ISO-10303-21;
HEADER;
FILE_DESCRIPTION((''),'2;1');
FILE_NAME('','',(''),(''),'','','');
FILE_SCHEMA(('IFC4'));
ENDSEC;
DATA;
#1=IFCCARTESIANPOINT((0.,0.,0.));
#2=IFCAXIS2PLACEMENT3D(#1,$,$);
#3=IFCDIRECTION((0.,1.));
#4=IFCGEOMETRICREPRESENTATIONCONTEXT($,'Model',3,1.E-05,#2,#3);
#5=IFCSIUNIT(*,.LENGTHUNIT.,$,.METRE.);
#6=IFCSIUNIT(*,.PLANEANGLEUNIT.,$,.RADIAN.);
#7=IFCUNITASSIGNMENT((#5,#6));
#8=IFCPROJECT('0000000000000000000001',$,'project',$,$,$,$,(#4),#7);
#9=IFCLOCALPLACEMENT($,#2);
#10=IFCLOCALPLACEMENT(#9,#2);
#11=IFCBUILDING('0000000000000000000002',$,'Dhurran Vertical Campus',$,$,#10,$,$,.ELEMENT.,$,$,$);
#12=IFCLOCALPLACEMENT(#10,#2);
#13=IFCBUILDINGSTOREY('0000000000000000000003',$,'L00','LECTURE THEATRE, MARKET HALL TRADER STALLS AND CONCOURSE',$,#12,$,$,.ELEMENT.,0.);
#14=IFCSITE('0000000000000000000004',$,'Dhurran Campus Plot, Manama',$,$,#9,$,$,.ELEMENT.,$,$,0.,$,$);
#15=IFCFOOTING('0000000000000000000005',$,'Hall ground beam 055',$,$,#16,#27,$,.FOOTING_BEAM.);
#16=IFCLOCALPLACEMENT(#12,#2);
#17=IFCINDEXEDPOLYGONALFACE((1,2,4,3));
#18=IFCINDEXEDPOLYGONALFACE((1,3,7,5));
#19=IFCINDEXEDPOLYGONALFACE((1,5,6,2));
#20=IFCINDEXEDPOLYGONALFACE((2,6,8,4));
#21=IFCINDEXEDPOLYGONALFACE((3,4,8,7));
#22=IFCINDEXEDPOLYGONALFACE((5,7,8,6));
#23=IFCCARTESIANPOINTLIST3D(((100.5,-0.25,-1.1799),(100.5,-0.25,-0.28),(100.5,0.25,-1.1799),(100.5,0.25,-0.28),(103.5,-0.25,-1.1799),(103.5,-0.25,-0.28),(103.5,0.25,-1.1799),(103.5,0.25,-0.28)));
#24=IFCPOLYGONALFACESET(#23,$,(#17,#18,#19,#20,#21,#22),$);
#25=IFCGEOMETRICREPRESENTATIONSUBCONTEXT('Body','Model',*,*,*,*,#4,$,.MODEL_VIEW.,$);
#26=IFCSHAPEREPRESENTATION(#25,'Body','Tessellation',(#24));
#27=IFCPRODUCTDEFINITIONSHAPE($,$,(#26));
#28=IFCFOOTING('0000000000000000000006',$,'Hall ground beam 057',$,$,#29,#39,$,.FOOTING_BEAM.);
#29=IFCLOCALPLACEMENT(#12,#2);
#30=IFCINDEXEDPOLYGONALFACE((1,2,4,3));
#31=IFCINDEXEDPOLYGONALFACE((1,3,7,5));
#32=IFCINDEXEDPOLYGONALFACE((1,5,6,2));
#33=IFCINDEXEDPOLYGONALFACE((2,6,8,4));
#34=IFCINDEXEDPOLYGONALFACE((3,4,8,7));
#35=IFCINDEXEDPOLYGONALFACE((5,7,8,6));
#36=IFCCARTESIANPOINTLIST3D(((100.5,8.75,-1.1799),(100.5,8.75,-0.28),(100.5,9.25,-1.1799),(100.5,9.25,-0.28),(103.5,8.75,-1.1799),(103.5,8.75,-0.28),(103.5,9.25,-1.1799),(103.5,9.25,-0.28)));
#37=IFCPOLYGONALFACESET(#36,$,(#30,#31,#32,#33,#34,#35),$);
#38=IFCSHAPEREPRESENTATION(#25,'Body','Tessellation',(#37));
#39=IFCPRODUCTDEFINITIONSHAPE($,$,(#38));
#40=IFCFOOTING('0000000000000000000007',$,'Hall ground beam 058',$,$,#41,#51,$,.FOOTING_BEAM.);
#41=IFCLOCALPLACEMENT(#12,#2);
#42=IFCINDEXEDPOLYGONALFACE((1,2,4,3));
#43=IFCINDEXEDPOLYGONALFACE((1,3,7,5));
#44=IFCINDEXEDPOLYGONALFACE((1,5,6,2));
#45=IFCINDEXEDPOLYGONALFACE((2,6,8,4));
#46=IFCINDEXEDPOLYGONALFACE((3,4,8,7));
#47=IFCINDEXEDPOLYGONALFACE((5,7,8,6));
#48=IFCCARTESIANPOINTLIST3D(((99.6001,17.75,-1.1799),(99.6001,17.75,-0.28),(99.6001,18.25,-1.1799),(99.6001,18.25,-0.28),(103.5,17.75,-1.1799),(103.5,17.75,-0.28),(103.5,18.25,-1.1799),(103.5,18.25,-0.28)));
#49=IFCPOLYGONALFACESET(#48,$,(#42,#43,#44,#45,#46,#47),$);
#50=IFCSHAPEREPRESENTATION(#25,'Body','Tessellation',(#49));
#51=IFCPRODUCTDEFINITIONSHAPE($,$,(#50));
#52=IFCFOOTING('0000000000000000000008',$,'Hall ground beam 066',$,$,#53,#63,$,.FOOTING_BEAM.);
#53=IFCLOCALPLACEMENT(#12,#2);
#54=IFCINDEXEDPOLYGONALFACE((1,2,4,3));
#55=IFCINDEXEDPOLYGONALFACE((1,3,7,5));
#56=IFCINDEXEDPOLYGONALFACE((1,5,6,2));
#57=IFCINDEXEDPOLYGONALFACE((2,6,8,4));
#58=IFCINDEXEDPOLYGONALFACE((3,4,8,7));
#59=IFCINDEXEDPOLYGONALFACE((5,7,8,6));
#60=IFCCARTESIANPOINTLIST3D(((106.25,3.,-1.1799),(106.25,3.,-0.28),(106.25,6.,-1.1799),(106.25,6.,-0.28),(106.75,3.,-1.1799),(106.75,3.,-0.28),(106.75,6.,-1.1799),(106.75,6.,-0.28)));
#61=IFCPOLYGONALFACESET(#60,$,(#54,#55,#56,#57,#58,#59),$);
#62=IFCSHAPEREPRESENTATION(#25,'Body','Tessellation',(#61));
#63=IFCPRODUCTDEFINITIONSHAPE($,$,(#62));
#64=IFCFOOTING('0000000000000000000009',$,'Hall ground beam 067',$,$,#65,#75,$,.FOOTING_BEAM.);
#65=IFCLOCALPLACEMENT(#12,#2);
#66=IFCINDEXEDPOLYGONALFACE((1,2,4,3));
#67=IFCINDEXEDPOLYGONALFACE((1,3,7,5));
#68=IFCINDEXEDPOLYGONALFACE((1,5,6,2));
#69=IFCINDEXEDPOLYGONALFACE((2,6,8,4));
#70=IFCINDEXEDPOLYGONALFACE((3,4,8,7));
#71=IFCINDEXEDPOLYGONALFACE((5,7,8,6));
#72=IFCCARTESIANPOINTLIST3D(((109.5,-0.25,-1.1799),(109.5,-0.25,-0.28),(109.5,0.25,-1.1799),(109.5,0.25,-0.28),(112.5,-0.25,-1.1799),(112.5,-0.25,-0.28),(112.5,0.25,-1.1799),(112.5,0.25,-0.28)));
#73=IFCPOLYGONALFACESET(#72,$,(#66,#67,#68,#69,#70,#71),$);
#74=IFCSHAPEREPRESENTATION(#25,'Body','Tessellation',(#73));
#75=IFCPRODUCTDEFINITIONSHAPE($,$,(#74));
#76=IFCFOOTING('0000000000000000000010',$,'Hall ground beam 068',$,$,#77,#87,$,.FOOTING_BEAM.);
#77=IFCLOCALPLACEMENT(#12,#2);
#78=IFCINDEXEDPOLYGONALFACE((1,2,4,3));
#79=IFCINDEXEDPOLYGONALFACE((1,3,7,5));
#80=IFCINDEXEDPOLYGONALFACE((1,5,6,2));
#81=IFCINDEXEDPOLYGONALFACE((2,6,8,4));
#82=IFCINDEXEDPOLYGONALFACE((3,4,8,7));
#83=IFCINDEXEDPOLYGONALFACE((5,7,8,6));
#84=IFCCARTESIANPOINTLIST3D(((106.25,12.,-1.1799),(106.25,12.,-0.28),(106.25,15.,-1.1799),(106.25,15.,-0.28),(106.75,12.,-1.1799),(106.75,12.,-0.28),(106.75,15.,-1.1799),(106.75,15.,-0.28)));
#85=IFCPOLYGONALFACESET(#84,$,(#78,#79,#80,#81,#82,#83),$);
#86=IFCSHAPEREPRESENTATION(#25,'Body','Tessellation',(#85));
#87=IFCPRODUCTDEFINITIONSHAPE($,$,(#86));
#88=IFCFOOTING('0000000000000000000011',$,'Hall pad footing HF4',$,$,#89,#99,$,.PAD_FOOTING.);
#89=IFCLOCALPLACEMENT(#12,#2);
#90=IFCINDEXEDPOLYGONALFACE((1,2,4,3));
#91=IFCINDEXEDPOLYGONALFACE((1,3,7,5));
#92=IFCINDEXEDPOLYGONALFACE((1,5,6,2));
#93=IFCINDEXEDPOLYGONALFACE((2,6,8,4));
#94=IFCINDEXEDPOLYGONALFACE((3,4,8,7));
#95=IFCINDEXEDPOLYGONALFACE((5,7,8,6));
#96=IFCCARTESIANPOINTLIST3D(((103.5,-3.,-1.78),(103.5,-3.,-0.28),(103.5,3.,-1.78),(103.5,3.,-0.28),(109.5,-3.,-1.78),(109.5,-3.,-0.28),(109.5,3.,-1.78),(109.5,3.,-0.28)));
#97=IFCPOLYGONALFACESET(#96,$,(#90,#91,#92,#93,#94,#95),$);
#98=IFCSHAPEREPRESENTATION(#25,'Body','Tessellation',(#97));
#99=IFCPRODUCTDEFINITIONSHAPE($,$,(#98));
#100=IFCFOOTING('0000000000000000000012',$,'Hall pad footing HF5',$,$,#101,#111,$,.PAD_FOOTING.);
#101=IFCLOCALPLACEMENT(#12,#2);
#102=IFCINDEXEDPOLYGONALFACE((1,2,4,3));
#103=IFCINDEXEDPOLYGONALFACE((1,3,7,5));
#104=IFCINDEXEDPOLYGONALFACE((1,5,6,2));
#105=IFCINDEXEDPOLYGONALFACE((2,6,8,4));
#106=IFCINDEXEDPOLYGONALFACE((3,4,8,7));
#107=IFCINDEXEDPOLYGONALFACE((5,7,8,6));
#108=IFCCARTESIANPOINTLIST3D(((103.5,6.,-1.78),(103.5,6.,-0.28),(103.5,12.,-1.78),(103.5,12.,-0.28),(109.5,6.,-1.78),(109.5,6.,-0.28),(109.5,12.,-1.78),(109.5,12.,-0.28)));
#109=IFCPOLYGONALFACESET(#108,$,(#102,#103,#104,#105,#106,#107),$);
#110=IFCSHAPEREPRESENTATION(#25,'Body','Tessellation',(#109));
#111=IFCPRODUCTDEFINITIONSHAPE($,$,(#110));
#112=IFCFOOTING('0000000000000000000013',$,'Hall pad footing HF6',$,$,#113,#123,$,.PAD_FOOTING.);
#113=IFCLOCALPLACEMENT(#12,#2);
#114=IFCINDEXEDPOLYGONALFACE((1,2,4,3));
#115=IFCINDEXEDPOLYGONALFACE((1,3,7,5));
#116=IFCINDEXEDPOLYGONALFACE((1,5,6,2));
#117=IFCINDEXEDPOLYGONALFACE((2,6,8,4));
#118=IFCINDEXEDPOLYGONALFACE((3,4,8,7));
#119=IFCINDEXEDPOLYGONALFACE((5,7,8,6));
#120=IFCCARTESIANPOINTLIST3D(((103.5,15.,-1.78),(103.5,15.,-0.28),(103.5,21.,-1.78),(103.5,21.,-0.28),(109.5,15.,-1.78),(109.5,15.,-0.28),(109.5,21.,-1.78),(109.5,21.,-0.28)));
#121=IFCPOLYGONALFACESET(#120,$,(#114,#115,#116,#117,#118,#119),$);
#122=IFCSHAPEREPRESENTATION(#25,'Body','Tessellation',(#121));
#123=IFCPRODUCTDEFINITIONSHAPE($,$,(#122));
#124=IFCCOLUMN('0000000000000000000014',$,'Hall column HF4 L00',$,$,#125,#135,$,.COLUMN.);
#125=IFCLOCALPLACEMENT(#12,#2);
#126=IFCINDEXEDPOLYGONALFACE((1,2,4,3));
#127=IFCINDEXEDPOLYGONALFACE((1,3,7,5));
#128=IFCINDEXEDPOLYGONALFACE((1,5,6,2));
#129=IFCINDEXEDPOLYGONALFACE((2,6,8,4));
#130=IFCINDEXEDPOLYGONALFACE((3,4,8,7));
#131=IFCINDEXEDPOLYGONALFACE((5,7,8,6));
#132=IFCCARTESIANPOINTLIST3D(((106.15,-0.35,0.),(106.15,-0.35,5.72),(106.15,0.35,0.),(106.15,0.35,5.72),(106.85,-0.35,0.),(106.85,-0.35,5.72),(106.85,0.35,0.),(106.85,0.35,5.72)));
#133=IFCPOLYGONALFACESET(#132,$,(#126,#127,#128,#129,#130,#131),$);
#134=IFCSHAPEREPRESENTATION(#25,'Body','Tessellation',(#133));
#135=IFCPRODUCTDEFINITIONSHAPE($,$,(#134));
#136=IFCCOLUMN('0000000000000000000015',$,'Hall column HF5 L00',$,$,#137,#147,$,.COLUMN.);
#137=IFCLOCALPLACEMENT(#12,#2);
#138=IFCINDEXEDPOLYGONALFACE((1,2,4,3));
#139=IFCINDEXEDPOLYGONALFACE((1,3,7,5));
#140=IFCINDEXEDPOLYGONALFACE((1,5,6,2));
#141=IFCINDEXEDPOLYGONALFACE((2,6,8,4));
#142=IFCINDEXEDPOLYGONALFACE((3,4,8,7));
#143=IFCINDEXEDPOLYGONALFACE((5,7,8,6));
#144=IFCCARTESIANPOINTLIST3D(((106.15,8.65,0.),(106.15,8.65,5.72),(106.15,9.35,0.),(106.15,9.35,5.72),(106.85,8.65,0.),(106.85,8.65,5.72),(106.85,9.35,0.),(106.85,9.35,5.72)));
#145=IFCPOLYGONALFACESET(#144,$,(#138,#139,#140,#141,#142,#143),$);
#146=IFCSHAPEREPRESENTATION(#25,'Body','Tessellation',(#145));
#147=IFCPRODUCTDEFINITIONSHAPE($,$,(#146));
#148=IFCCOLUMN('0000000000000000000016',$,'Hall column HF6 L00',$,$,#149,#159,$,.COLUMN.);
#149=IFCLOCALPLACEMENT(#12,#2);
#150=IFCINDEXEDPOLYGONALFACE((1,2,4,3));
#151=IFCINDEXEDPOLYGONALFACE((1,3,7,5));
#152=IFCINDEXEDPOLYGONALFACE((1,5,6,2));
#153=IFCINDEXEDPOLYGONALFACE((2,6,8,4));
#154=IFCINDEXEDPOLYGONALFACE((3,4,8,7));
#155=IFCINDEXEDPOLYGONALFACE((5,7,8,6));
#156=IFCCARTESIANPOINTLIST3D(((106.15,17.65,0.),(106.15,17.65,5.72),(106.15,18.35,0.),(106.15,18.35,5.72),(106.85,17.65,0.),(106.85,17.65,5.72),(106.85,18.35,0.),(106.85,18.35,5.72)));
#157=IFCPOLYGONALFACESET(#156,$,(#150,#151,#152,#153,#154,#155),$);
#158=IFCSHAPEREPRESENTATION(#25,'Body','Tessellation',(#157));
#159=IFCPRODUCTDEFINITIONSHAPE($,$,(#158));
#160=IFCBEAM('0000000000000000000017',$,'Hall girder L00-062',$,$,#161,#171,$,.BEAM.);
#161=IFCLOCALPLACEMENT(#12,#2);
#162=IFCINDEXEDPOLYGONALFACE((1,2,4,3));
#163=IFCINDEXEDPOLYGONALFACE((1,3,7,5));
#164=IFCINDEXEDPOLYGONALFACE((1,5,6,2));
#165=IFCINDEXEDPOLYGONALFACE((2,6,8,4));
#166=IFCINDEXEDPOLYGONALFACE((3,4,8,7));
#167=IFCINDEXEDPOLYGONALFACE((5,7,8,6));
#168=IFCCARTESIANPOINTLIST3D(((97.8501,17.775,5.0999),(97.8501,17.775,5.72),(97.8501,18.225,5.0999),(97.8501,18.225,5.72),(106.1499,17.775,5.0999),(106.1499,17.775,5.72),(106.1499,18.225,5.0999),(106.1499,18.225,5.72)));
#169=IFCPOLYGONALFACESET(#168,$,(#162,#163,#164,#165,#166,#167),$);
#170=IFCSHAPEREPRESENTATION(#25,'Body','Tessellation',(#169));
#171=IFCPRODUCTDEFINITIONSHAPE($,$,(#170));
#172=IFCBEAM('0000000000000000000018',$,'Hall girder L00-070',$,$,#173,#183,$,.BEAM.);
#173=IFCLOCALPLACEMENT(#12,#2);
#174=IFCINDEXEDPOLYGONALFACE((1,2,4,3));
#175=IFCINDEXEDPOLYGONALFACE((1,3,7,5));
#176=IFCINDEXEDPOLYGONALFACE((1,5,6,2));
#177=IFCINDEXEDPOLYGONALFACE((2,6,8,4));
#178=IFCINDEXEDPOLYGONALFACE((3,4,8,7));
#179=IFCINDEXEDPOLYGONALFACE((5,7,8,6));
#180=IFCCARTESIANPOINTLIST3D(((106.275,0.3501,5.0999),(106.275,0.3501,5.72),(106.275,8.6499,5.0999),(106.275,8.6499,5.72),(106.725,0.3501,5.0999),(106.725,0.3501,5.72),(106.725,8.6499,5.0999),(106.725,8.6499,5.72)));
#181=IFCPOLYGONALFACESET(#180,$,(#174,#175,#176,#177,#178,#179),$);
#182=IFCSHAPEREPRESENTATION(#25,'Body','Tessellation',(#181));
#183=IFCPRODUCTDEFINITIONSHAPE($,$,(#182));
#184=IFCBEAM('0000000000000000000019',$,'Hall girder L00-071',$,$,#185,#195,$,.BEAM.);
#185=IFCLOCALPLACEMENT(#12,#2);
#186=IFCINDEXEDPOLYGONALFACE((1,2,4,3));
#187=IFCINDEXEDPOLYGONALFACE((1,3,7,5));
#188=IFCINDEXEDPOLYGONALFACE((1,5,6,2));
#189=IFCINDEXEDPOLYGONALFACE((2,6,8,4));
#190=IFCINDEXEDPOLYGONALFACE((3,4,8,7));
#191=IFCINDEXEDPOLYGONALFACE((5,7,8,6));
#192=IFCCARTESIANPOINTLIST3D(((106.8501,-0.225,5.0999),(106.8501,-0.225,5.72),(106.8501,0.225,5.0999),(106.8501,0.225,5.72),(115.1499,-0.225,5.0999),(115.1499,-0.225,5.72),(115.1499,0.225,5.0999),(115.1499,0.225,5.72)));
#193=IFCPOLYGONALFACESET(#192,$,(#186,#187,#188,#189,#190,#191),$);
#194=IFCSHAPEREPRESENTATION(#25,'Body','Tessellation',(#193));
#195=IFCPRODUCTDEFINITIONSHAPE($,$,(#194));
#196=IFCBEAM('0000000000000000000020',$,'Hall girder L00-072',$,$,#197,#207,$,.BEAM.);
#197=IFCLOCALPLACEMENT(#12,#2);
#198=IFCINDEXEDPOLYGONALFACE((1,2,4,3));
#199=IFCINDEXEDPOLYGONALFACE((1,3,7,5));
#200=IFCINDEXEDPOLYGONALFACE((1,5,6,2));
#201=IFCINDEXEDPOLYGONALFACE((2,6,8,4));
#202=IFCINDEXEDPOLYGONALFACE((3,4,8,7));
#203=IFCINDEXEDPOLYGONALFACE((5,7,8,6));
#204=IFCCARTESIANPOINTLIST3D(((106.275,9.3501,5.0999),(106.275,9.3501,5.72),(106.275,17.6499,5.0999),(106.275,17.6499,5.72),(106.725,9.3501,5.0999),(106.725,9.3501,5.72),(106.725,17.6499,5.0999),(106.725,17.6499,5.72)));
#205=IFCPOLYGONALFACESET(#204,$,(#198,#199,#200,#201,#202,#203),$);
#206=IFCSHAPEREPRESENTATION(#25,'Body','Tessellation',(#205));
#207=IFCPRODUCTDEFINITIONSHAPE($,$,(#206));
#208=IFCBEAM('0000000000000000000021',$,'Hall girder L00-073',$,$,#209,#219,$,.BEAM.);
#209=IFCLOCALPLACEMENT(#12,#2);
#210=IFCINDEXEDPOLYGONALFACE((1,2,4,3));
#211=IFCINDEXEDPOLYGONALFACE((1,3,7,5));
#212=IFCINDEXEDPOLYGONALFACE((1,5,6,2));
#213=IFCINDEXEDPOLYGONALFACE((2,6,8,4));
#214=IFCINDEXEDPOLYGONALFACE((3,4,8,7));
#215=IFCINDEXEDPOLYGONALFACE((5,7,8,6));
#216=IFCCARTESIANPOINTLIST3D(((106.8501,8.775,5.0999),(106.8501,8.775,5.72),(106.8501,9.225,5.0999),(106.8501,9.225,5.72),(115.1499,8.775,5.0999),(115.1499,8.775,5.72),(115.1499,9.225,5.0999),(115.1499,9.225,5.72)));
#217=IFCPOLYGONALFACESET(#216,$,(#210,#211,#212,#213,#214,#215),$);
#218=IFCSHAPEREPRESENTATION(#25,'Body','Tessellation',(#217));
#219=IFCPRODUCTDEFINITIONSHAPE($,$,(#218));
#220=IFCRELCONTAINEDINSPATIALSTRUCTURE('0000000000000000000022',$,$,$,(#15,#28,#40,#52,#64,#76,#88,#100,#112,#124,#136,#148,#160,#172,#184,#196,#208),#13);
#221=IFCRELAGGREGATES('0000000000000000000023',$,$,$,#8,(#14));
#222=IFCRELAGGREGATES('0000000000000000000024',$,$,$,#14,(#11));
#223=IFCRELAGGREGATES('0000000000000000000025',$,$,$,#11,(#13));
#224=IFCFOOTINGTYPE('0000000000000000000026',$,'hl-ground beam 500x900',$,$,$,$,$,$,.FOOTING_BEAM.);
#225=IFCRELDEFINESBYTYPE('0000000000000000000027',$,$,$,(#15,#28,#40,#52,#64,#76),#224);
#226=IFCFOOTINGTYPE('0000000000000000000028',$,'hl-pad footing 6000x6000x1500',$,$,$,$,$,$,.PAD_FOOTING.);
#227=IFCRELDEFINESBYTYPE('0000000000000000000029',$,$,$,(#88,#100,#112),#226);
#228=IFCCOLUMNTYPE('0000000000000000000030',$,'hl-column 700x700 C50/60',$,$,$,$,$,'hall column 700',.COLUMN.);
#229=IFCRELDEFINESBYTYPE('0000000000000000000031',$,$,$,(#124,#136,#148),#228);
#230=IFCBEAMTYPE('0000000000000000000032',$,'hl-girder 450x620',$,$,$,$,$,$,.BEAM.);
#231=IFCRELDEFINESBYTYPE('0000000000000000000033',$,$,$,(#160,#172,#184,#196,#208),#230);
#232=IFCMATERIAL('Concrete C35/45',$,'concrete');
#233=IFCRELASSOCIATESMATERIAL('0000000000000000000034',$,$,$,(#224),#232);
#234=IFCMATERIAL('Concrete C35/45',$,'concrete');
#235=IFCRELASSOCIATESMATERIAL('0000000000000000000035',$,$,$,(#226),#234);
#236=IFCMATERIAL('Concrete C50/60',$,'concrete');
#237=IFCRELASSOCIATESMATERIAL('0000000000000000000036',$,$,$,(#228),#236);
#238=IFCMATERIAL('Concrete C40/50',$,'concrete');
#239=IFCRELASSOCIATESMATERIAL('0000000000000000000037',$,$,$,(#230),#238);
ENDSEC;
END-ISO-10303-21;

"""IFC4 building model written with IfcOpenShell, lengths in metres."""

from ifc_helpers import new_model, si_unit, direction, frame, origin, origin_2d, place, context, subcontext, project, spatial, rectangle, extrude, material, material_profile, profile_set, type_object, element, save


model = new_model("IFC4")

# Units and contexts
model_context = context("Model", 3, precision=1e-05, world=origin(), true_north=direction((0.0, 1.0)))
body_context = subcontext(model_context, "Body", "Model", "MODEL_VIEW")
ifc_project = project(units=[si_unit("LENGTHUNIT", "METRE"), si_unit("PLANEANGLEUNIT", "RADIAN")], contexts=[model_context])

# Site, building, storey
site_placement = place(None, origin())
site = spatial("IfcSite", under=ifc_project, at=site_placement, Name="Dhurran Campus Plot, Manama", CompositionType="ELEMENT", RefElevation=0.0)
building_placement = place(site_placement, origin())
building = spatial("IfcBuilding", under=site, at=building_placement, Name="Dhurran Vertical Campus", CompositionType="ELEMENT")
storey_placement = place(building_placement, origin())
storey = spatial("IfcBuildingStorey", under=building, at=storey_placement, Name="L00", Description="LECTURE THEATRE, MARKET HALL TRADER STALLS AND CONCOURSE", CompositionType="ELEMENT", Elevation=0.0)

# Footings
ifc_material_1 = material(Name="Concrete C35/45", Category="concrete")
ifc_material_profile_1 = material_profile(ifc_material_1, rectangle(XDim=0.5, YDim=0.8999, at=origin_2d()), Name="hl-ground beam 500x900")
ifc_profile_set_1 = profile_set([ifc_material_profile_1], Name="Concrete C35/45")
footing_type_1 = type_object("IfcFootingType", Name="hl-ground beam 500x900", PredefinedType="FOOTING_BEAM", material=ifc_profile_set_1)
for number, where, z_axis, x_axis, name in (
    (1, (100.5, 0.0, -0.73), (1.0, 0.0, 0.0), (0.0, 1.0, 0.0), "Hall ground beam 055"),
    (2, (100.5, 9.0, -0.73), (1.0, 0.0, 0.0), (0.0, 1.0, 0.0), "Hall ground beam 057"),
):
    element("IfcFooting", number, at=place(storey_placement, frame(where, z_axis=z_axis, x_axis=x_axis)), inside=storey, type_object=footing_type_1, Name=name, PredefinedType="FOOTING_BEAM", context=body_context, shape_type="SweptSolid", body=[
        extrude(rectangle(XDim=0.5, YDim=0.8999, at=origin_2d()), origin(), (0.0, 0.0, 1.0), 3.0),
    ])
footing_placement = place(storey_placement, frame((99.6001, 18.0, -0.73), z_axis=(1.0, 0.0, 0.0), x_axis=(0.0, 1.0, 0.0)))
element("IfcFooting", 3, at=footing_placement, inside=storey, type_object=footing_type_1, Name="Hall ground beam 058", PredefinedType="FOOTING_BEAM", context=body_context, shape_type="SweptSolid", body=[
    extrude(rectangle(XDim=0.5, YDim=0.8999, at=origin_2d()), origin(), (0.0, 0.0, 1.0), 3.8999),
])
for number, where, z_axis, x_axis, name in (
    (4, (106.5, 3.0, -0.73), (0.0, 1.0, 0.0), (-1.0, 0.0, 0.0), "Hall ground beam 066"),
    (5, (109.5, 0.0, -0.73), (1.0, 0.0, 0.0), (0.0, 1.0, 0.0), "Hall ground beam 067"),
    (6, (106.5, 12.0, -0.73), (0.0, 1.0, 0.0), (-1.0, 0.0, 0.0), "Hall ground beam 068"),
):
    element("IfcFooting", number, at=place(storey_placement, frame(where, z_axis=z_axis, x_axis=x_axis)), inside=storey, type_object=footing_type_1, Name=name, PredefinedType="FOOTING_BEAM", context=body_context, shape_type="SweptSolid", body=[
        extrude(rectangle(XDim=0.5, YDim=0.8999, at=origin_2d()), origin(), (0.0, 0.0, 1.0), 3.0),
    ])
ifc_material_2 = material(Name="Concrete C35/45", Category="concrete")
footing_type_2 = type_object("IfcFootingType", Name="hl-pad footing 6000x6000x1500", PredefinedType="PAD_FOOTING", material=ifc_material_2)
for number, where, z_axis, x_axis, name in (
    (7, (106.5, 0.0, -1.78), (0.0, 0.0, 1.0), (1.0, 0.0, 0.0), "Hall pad footing HF4"),
    (8, (106.5, 9.0, -1.78), (0.0, 0.0, 1.0), (1.0, 0.0, 0.0), "Hall pad footing HF5"),
    (9, (106.5, 18.0, -1.78), (0.0, 0.0, 1.0), (1.0, 0.0, 0.0), "Hall pad footing HF6"),
):
    element("IfcFooting", number, at=place(storey_placement, frame(where, z_axis=z_axis, x_axis=x_axis)), inside=storey, type_object=footing_type_2, Name=name, PredefinedType="PAD_FOOTING", context=body_context, shape_type="SweptSolid", body=[
        extrude(rectangle(XDim=6.0, YDim=6.0, at=origin_2d()), origin(), (0.0, 0.0, 1.0), 1.5),
    ])

# Columns
ifc_material_3 = material(Name="Concrete C50/60", Category="concrete")
ifc_material_profile_2 = material_profile(ifc_material_3, rectangle(XDim=0.7, YDim=0.7, at=origin_2d()), Name="hl-column 700x700 C50/60")
ifc_profile_set_2 = profile_set([ifc_material_profile_2], Name="Concrete C50/60")
column_type = type_object("IfcColumnType", Name="hl-column 700x700 C50/60", ElementType="hall column 700", PredefinedType="COLUMN", material=ifc_profile_set_2)
for number, where, z_axis, x_axis, name in (
    (10, (106.5, 0.0, 0.0), (0.0, 0.0, 1.0), (1.0, 0.0, 0.0), "Hall column HF4 L00"),
    (11, (106.5, 9.0, 0.0), (0.0, 0.0, 1.0), (1.0, 0.0, 0.0), "Hall column HF5 L00"),
    (12, (106.5, 18.0, 0.0), (0.0, 0.0, 1.0), (1.0, 0.0, 0.0), "Hall column HF6 L00"),
):
    element("IfcColumn", number, at=place(storey_placement, frame(where, z_axis=z_axis, x_axis=x_axis)), inside=storey, type_object=column_type, Name=name, PredefinedType="COLUMN", context=body_context, shape_type="SweptSolid", body=[
        extrude(rectangle(XDim=0.7, YDim=0.7, at=origin_2d()), origin(), (0.0, 0.0, 1.0), 5.72),
    ])

# Beams
ifc_material_4 = material(Name="Concrete C40/50", Category="concrete")
ifc_material_profile_3 = material_profile(ifc_material_4, rectangle(XDim=0.45, YDim=0.6201, at=origin_2d()), Name="hl-girder 450x620")
ifc_profile_set_3 = profile_set([ifc_material_profile_3], Name="Concrete C40/50")
beam_type = type_object("IfcBeamType", Name="hl-girder 450x620", PredefinedType="BEAM", material=ifc_profile_set_3)
for number, where, z_axis, x_axis, name in (
    (13, (97.8501, 18.0, 5.4099), (1.0, 0.0, 0.0), (0.0, 1.0, 0.0), "Hall girder L00-062"),
    (14, (106.5, 0.3501, 5.4099), (0.0, 1.0, 0.0), (-1.0, 0.0, 0.0), "Hall girder L00-070"),
    (15, (106.8501, 0.0, 5.4099), (1.0, 0.0, 0.0), (0.0, 1.0, 0.0), "Hall girder L00-071"),
    (16, (106.5, 9.3501, 5.4099), (0.0, 1.0, 0.0), (-1.0, 0.0, 0.0), "Hall girder L00-072"),
    (17, (106.8501, 9.0, 5.4099), (1.0, 0.0, 0.0), (0.0, 1.0, 0.0), "Hall girder L00-073"),
):
    element("IfcBeam", number, at=place(storey_placement, frame(where, z_axis=z_axis, x_axis=x_axis)), inside=storey, type_object=beam_type, Name=name, PredefinedType="BEAM", context=body_context, shape_type="SweptSolid", body=[
        extrude(rectangle(XDim=0.45, YDim=0.6201, at=origin_2d()), origin(), (0.0, 0.0, 1.0), 8.2998),
    ])

save(model, "model.ifc")
